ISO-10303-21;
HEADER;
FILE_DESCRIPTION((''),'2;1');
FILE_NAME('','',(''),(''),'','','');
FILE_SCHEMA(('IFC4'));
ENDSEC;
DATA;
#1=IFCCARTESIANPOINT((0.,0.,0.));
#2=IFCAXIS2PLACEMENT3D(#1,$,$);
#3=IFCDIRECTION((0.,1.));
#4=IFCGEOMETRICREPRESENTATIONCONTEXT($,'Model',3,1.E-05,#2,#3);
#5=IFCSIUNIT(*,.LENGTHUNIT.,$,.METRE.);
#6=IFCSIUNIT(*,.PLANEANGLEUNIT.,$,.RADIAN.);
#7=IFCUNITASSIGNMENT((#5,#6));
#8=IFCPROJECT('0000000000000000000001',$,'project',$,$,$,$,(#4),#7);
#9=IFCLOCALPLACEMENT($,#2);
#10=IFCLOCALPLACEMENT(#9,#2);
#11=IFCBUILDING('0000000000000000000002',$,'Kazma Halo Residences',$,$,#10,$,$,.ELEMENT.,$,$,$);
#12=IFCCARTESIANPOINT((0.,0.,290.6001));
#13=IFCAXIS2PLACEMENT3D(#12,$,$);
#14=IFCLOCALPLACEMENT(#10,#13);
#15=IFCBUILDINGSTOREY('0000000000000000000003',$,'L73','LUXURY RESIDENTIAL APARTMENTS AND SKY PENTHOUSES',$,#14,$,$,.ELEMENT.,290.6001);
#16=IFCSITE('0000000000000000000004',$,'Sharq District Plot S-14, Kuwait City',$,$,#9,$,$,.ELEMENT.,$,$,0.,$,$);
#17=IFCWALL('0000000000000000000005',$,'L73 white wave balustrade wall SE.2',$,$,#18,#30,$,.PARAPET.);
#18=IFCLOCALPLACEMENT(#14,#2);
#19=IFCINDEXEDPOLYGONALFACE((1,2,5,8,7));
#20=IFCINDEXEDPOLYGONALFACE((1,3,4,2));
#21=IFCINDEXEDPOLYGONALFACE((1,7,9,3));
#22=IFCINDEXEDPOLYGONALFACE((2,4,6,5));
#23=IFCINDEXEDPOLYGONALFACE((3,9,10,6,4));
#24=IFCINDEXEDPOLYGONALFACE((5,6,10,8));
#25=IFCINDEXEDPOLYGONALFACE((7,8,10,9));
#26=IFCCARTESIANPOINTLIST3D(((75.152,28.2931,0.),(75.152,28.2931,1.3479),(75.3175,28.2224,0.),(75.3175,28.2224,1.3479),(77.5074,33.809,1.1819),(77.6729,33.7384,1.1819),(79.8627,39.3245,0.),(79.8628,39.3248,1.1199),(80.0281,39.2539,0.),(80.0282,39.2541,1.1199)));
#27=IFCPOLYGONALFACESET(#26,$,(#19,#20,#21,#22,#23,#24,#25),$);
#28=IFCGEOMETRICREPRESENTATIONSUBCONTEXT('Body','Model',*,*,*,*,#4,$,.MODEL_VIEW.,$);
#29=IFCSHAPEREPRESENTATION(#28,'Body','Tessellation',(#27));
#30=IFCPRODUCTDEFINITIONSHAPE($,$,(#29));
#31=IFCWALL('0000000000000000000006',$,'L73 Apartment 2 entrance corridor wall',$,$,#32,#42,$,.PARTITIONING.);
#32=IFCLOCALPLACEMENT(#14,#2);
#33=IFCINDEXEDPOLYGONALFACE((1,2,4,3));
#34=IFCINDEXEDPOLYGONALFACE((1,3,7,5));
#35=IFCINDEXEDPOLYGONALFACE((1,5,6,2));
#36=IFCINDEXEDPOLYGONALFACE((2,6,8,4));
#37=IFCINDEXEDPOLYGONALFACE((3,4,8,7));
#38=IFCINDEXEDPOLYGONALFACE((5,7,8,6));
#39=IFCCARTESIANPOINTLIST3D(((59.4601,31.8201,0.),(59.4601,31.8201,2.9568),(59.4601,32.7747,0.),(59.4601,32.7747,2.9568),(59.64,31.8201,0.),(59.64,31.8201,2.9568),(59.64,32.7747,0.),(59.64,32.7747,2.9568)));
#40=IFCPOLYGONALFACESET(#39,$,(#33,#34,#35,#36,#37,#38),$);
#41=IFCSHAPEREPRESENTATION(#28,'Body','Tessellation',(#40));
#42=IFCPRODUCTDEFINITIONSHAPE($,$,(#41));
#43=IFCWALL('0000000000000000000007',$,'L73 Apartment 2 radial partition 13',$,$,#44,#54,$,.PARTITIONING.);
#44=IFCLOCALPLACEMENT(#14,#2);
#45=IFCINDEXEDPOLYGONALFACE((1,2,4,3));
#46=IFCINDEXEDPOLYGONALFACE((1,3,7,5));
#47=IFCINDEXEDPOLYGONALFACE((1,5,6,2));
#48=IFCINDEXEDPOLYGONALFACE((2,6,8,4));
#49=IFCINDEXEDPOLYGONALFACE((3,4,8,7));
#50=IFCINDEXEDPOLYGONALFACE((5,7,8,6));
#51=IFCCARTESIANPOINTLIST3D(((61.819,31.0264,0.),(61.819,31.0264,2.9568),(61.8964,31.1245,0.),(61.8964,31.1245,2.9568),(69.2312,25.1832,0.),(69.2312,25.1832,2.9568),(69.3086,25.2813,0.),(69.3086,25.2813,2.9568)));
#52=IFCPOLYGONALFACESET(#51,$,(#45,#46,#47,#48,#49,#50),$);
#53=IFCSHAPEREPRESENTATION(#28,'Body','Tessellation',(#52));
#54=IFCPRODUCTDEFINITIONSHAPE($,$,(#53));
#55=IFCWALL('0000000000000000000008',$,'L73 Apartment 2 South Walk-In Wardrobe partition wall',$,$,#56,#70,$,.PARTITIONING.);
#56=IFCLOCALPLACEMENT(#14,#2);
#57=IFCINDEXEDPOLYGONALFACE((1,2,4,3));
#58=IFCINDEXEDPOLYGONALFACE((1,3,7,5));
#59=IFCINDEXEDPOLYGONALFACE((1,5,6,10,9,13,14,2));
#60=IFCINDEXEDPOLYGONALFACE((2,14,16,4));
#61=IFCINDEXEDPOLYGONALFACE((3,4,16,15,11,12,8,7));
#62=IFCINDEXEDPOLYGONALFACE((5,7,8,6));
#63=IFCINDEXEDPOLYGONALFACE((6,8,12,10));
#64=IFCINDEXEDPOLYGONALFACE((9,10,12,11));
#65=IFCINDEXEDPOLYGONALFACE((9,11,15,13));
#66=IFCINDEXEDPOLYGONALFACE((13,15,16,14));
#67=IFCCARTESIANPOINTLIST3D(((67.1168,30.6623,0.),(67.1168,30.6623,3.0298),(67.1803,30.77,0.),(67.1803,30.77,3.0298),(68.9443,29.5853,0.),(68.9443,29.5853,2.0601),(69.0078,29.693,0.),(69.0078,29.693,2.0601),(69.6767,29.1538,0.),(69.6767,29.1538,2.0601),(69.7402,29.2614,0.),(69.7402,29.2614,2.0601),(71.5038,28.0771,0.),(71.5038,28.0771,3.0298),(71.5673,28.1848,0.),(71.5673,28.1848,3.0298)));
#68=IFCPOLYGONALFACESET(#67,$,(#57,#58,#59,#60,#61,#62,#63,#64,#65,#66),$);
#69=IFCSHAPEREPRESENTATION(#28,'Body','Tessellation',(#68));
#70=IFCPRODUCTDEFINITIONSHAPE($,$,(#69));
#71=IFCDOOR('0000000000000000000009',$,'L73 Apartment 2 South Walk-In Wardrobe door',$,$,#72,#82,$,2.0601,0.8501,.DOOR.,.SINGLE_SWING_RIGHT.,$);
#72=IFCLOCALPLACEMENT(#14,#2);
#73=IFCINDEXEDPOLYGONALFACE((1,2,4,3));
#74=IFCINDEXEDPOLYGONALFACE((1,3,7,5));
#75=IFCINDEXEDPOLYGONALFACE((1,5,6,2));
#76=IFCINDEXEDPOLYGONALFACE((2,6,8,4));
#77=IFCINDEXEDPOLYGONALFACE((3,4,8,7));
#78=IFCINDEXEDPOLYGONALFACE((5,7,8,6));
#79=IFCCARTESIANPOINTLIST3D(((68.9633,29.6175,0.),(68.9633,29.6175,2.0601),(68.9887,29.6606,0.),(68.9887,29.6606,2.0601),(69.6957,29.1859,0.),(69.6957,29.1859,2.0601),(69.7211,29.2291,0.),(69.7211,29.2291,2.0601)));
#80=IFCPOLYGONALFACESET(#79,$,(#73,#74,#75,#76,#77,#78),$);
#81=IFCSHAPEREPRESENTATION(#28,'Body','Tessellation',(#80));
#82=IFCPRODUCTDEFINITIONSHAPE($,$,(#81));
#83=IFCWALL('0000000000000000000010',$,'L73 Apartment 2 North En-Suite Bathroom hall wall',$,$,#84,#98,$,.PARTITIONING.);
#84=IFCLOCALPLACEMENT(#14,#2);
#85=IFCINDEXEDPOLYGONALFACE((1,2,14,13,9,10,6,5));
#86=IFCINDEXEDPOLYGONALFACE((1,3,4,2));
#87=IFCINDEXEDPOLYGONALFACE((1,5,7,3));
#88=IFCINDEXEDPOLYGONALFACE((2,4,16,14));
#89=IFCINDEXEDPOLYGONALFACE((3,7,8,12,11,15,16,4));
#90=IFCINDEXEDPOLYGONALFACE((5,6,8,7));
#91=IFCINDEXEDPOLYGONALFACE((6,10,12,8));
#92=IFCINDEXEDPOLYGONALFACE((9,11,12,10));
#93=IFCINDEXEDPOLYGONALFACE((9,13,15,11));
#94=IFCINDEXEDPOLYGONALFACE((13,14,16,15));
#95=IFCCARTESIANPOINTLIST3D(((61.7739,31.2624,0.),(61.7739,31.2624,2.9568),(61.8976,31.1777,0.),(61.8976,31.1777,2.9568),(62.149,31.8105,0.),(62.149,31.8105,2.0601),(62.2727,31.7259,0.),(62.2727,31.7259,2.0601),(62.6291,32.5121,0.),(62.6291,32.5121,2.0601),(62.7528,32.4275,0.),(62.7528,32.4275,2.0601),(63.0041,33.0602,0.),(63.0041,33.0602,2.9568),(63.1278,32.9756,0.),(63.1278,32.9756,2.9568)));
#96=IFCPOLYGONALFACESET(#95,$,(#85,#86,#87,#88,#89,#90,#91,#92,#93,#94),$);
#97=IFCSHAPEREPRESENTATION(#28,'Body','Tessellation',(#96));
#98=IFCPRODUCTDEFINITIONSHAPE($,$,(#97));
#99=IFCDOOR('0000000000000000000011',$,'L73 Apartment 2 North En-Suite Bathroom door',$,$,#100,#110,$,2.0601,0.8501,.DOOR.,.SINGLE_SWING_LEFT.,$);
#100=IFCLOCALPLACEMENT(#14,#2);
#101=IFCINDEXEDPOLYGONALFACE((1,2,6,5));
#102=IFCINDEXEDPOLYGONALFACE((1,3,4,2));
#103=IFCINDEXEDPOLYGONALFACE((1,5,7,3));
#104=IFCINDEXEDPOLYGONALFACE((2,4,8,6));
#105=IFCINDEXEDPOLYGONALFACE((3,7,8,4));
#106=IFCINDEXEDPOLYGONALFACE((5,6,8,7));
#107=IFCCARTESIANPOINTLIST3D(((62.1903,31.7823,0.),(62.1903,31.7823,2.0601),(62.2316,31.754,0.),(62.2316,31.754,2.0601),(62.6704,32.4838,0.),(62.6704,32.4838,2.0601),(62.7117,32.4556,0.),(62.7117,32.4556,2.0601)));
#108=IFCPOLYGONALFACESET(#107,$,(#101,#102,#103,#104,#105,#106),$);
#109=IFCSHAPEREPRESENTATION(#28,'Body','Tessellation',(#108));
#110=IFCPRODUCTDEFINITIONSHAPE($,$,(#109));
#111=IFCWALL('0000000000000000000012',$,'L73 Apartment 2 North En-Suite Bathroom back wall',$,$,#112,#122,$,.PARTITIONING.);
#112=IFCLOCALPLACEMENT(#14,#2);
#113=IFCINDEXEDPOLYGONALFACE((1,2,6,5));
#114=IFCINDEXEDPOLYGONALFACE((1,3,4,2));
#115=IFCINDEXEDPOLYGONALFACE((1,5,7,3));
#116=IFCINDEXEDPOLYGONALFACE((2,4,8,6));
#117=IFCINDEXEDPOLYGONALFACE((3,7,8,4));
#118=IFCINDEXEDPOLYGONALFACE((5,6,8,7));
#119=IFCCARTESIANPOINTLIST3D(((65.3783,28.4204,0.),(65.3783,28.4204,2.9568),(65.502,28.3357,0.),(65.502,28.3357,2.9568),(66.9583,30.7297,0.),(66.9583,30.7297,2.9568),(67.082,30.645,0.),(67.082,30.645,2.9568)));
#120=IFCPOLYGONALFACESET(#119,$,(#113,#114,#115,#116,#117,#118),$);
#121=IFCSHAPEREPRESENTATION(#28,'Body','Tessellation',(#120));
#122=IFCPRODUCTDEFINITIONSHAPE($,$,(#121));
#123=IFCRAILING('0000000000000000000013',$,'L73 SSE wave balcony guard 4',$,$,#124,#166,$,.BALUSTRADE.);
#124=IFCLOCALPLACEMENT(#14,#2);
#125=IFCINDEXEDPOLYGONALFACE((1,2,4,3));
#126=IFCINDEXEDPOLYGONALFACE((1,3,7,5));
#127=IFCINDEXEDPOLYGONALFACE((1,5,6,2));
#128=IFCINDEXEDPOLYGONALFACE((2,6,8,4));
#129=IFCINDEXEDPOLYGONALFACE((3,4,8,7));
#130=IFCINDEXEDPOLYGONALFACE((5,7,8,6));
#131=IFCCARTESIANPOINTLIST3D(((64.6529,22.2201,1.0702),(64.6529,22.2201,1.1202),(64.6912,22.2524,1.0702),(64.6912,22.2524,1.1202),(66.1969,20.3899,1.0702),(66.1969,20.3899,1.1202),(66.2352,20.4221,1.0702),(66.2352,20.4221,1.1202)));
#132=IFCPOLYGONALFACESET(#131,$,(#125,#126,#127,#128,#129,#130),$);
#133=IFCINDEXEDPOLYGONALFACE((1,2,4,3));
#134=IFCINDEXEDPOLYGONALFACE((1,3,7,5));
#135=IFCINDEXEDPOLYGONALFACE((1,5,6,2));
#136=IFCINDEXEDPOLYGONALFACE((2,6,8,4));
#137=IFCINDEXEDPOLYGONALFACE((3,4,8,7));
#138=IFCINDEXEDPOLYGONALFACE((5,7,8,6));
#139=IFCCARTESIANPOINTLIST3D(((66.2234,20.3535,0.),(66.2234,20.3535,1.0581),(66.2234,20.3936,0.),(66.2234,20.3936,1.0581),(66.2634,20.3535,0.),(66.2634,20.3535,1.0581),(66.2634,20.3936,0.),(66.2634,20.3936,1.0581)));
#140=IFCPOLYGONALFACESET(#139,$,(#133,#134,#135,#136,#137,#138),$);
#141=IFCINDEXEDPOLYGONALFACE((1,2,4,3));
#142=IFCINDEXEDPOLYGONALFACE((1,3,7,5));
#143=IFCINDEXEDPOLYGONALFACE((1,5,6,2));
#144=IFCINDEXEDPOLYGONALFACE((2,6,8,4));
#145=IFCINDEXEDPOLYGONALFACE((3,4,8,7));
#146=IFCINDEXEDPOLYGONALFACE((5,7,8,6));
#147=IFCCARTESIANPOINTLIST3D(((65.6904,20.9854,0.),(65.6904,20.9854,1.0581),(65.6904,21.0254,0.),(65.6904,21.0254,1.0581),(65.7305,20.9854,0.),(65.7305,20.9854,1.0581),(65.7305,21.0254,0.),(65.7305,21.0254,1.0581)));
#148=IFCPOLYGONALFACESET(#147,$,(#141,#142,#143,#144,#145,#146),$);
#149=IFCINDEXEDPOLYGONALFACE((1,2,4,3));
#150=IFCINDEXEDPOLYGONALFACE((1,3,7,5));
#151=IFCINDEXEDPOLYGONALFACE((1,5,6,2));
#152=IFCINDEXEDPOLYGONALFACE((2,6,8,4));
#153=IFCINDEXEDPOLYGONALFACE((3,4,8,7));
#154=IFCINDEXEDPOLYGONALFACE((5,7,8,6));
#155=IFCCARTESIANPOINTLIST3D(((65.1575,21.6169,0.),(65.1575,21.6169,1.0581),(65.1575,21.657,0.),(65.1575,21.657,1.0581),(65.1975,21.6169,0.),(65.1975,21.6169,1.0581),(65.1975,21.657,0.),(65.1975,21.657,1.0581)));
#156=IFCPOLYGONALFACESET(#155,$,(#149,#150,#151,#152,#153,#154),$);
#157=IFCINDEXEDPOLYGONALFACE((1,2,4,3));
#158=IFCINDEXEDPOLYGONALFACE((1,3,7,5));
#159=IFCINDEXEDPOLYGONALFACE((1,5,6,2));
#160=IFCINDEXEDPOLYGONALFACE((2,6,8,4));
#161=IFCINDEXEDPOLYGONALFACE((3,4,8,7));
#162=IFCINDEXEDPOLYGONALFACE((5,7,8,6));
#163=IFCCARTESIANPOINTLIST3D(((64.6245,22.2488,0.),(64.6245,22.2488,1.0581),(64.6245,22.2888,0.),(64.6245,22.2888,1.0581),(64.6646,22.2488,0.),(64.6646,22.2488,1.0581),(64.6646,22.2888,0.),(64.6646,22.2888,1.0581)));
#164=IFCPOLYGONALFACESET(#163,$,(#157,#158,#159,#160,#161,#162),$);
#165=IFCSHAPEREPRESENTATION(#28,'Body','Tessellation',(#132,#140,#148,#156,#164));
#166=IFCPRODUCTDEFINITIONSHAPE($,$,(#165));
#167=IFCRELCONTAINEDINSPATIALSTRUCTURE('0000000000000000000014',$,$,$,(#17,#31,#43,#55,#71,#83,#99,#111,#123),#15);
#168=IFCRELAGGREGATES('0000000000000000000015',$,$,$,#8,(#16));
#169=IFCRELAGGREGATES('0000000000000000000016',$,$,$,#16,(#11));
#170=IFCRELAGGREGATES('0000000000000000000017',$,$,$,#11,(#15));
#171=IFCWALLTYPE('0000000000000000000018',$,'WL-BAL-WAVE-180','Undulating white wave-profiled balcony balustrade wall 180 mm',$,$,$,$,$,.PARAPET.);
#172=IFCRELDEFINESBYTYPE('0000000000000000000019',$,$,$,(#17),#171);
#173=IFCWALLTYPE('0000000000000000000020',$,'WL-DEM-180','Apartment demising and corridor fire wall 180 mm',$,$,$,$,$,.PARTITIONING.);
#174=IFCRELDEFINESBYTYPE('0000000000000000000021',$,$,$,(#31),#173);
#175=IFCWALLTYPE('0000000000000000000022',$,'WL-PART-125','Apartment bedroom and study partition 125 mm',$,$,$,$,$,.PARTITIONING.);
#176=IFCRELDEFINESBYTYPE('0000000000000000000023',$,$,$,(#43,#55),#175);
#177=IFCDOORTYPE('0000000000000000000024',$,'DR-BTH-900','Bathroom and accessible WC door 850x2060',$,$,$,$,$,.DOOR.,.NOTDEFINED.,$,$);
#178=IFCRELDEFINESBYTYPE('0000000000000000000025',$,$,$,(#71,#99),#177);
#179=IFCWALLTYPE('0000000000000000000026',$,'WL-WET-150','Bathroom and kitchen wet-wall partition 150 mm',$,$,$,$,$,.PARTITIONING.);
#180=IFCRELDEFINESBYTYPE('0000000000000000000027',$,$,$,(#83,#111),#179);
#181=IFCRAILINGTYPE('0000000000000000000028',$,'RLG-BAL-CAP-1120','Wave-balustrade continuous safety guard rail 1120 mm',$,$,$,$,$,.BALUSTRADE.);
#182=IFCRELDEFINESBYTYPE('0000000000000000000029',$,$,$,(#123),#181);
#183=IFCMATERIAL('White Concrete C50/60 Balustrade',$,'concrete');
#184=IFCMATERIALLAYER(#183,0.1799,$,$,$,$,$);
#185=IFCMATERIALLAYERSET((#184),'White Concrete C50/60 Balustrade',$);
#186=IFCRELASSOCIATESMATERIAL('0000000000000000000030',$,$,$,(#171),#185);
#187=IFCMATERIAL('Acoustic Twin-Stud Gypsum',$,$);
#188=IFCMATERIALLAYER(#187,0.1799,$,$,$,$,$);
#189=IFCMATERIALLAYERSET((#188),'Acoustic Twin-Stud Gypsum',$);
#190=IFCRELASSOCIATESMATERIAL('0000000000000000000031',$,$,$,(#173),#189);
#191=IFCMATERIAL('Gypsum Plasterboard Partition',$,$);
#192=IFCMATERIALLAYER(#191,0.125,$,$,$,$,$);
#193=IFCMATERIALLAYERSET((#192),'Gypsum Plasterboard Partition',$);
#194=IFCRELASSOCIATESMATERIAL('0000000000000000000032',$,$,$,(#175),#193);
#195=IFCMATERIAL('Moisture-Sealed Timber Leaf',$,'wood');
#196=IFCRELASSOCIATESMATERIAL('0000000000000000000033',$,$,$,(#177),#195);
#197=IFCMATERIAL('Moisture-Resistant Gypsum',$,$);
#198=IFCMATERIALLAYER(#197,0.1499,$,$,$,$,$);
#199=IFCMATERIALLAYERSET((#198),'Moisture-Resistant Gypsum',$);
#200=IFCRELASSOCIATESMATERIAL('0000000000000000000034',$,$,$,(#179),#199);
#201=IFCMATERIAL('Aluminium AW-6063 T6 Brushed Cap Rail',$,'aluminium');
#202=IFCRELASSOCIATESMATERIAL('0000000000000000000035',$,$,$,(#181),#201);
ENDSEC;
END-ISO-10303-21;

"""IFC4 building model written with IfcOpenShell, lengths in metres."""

from ifc_helpers import new_model, si_unit, direction, frame, frame_2d, origin, origin_2d, place, context, subcontext, project, spatial, polyline, rectangle, outline, extrude, material, layer, layer_set, type_object, element, fill, save


model = new_model("IFC4")

# Units and contexts
model_context = context("Model", 3, precision=1e-05, world=origin(), true_north=direction((0.0, 1.0)))
body_context = subcontext(model_context, "Body", "Model", "MODEL_VIEW")
ifc_project = project(units=[si_unit("LENGTHUNIT", "METRE"), si_unit("PLANEANGLEUNIT", "RADIAN")], contexts=[model_context])

# Site, building, storey
site_placement = place(None, origin())
site = spatial("IfcSite", under=ifc_project, at=site_placement, Name="Sharq District Plot S-14, Kuwait City", CompositionType="ELEMENT", RefElevation=0.0)
building_placement = place(site_placement, origin())
building = spatial("IfcBuilding", under=site, at=building_placement, Name="Kazma Halo Residences", CompositionType="ELEMENT")
storey_placement = place(building_placement, frame((0.0, 0.0, 290.6001)))
storey = spatial("IfcBuildingStorey", under=building, at=storey_placement, Name="L73", Description="LUXURY RESIDENTIAL APARTMENTS AND SKY PENTHOUSES", CompositionType="ELEMENT", Elevation=290.6001)

# Walls
ifc_material_1 = material(Name="White Concrete C50/60 Balustrade", Category="concrete")
ifc_layer_1 = layer(ifc_material_1, 0.1799)
ifc_layer_set_1 = layer_set([ifc_layer_1], Name="White Concrete C50/60 Balustrade")
wall_type_1 = type_object("IfcWallType", Name="WL-BAL-WAVE-180", Description="Undulating white wave-profiled balcony balustrade wall 180 mm", PredefinedType="PARAPET", material=ifc_layer_set_1)
wall_1_placement = place(storey_placement, frame((75.2346, 28.2578, 0.0), z_axis=(0.0, 0.0, 1.0), x_axis=(0.392715, 0.91966, 0.0)))
element("IfcWall", 1, at=wall_1_placement, inside=storey, type_object=wall_type_1, Name="L73 white wave balustrade wall SE.2", PredefinedType="PARAPET", context=body_context, shape_type="SweptSolid", body=[
    extrude(outline(polyline([(0.0, 0.0), (11.9951, 0.0), (11.9954, 1.1199), (5.9978, 1.1819), (0.0, 1.3479), (0.0, 0.0)])), frame((0.0, 0.0898, 0.0), z_axis=(0.0, -1.0, 0.0), x_axis=(1.0, 0.0, 0.0)), (0.0, 0.0, 1.0), 0.1799),
])
ifc_material_2 = material(Name="Acoustic Twin-Stud Gypsum")
ifc_layer_2 = layer(ifc_material_2, 0.1799)
ifc_layer_set_2 = layer_set([ifc_layer_2], Name="Acoustic Twin-Stud Gypsum")
wall_type_2 = type_object("IfcWallType", Name="WL-DEM-180", Description="Apartment demising and corridor fire wall 180 mm", PredefinedType="PARTITIONING", material=ifc_layer_set_2)
wall_2_placement = place(storey_placement, frame((59.55, 31.8201, 0.0), z_axis=(0.0, 0.0, 1.0), x_axis=(0.0, 1.0, 0.0)))
element("IfcWall", 2, at=wall_2_placement, inside=storey, type_object=wall_type_2, Name="L73 Apartment 2 entrance corridor wall", PredefinedType="PARTITIONING", context=body_context, shape_type="SweptSolid", body=[
    extrude(rectangle(XDim=0.9546, YDim=0.1799, at=frame_2d((0.4773, 0.0))), origin(), (0.0, 0.0, 1.0), 2.9568),
])

# Wall
ifc_material_3 = material(Name="Gypsum Plasterboard Partition")
ifc_layer_3 = layer(ifc_material_3, 0.125)
ifc_layer_set_3 = layer_set([ifc_layer_3], Name="Gypsum Plasterboard Partition")
wall_type_3 = type_object("IfcWallType", Name="WL-PART-125", Description="Apartment bedroom and study partition 125 mm", PredefinedType="PARTITIONING", material=ifc_layer_set_3)
wall_3_placement = place(storey_placement, frame((61.8577, 31.0754, 0.0), z_axis=(0.0, 0.0, 1.0), x_axis=(0.785326, -0.619083, 0.0)))
element("IfcWall", 3, at=wall_3_placement, inside=storey, type_object=wall_type_3, Name="L73 Apartment 2 radial partition 13", PredefinedType="PARTITIONING", context=body_context, shape_type="SweptSolid", body=[
    extrude(rectangle(XDim=9.4385, YDim=0.125, at=frame_2d((4.7192, 0.0))), origin(), (0.0, 0.0, 1.0), 2.9568),
])

# Walls, openings, doors
wall_4_placement = place(storey_placement, frame((67.1487, 30.7161, 0.0), z_axis=(0.0, 0.0, 1.0), x_axis=(0.861536, -0.507697, 0.0)))
wall_4 = element("IfcWall", 4, at=wall_4_placement, inside=storey, type_object=wall_type_3, Name="L73 Apartment 2 South Walk-In Wardrobe partition wall", PredefinedType="PARTITIONING", context=body_context, shape_type="SweptSolid", body=[
    extrude(rectangle(XDim=5.092, YDim=0.125, at=frame_2d((2.5459, 0.0))), origin(), (0.0, 0.0, 1.0), 3.0298),
])
opening_1_placement = place(wall_4_placement, frame((2.1211, 0.0, 0.0)))
opening_1 = element("IfcOpeningElement", 5, at=opening_1_placement, cuts=wall_4, PredefinedType="OPENING", context=body_context, shape_type="SweptSolid", body=[
    extrude(rectangle(XDim=0.8501, YDim=2.0601, at=frame_2d((0.425, 1.03))), frame((0.0, 0.0725, 0.0), z_axis=(0.0, -1.0, 0.0), x_axis=(1.0, 0.0, 0.0)), (0.0, 0.0, 1.0), 0.145),
])
ifc_material_4 = material(Name="Moisture-Sealed Timber Leaf", Category="wood")
door_type_1 = type_object("IfcDoorType", Name="DR-BTH-900", Description="Bathroom and accessible WC door 850x2060", OperationType="NOTDEFINED", PredefinedType="DOOR", material=ifc_material_4)
door_1_placement = place(opening_1_placement, origin())
door_1 = element("IfcDoor", 6, at=door_1_placement, inside=storey, type_object=door_type_1, Name="L73 Apartment 2 South Walk-In Wardrobe door", OperationType="SINGLE_SWING_RIGHT", OverallHeight=2.0601, OverallWidth=0.8501, PredefinedType="DOOR", context=body_context, shape_type="SweptSolid", body=[
    extrude(rectangle(XDim=0.8501, YDim=2.0601, at=frame_2d((0.425, 1.03))), frame((0.0, 0.0249, 0.0), z_axis=(0.0, -1.0, 0.0), x_axis=(1.0, 0.0, 0.0)), (0.0, 0.0, 1.0), 0.05),
])
fill(opening_1, door_1)
ifc_material_5 = material(Name="Moisture-Resistant Gypsum")
ifc_layer_4 = layer(ifc_material_5, 0.1499)
ifc_layer_set_4 = layer_set([ifc_layer_4], Name="Moisture-Resistant Gypsum")
wall_type_4 = type_object("IfcWallType", Name="WL-WET-150", Description="Bathroom and kitchen wet-wall partition 150 mm", PredefinedType="PARTITIONING", material=ifc_layer_set_4)
wall_5_placement = place(storey_placement, frame((61.8357, 31.22, 0.0), z_axis=(0.0, 0.0, 1.0), x_axis=(0.56472, 0.825283, 0.0)))
wall_5 = element("IfcWall", 7, at=wall_5_placement, inside=storey, type_object=wall_type_4, Name="L73 Apartment 2 North En-Suite Bathroom hall wall", PredefinedType="PARTITIONING", context=body_context, shape_type="SweptSolid", body=[
    extrude(rectangle(XDim=2.1785, YDim=0.1499, at=frame_2d((1.0894, 0.0))), origin(), (0.0, 0.0, 1.0), 2.9568),
])
opening_2_placement = place(wall_5_placement, frame((0.6643, 0.0, 0.0)))
opening_2 = element("IfcOpeningElement", 8, at=opening_2_placement, cuts=wall_5, PredefinedType="OPENING", context=body_context, shape_type="SweptSolid", body=[
    extrude(rectangle(XDim=0.8501, YDim=2.0601, at=frame_2d((0.425, 1.03))), frame((0.0, 0.085, 0.0), z_axis=(0.0, -1.0, 0.0), x_axis=(1.0, 0.0, 0.0)), (0.0, 0.0, 1.0), 0.1699),
])
door_2_placement = place(opening_2_placement, origin())
door_2 = element("IfcDoor", 9, at=door_2_placement, inside=storey, type_object=door_type_1, Name="L73 Apartment 2 North En-Suite Bathroom door", OperationType="SINGLE_SWING_LEFT", OverallHeight=2.0601, OverallWidth=0.8501, PredefinedType="DOOR", context=body_context, shape_type="SweptSolid", body=[
    extrude(rectangle(XDim=0.8501, YDim=2.0601, at=frame_2d((0.425, 1.03))), frame((0.0, 0.0249, 0.0), z_axis=(0.0, -1.0, 0.0), x_axis=(1.0, 0.0, 0.0)), (0.0, 0.0, 1.0), 0.05),
])
fill(opening_2, door_2)

# Wall
wall_6_placement = place(storey_placement, frame((65.4402, 28.3782, 0.0), z_axis=(0.0, 0.0, 1.0), x_axis=(0.564687, 0.825305, 0.0)))
element("IfcWall", 10, at=wall_6_placement, inside=storey, type_object=wall_type_4, Name="L73 Apartment 2 North En-Suite Bathroom back wall", PredefinedType="PARTITIONING", context=body_context, shape_type="SweptSolid", body=[
    extrude(rectangle(XDim=2.7981, YDim=0.1499, at=frame_2d((1.3989, 0.0))), origin(), (0.0, 0.0, 1.0), 2.9568),
])

# Railing
ifc_material_6 = material(Name="Aluminium AW-6063 T6 Brushed Cap Rail", Category="aluminium")
railing_type = type_object("IfcRailingType", Name="RLG-BAL-CAP-1120", Description="Wave-balustrade continuous safety guard rail 1120 mm", PredefinedType="BALUSTRADE", material=ifc_material_6)
railing_1_placement = place(storey_placement, frame((66.2434, 20.3735, 0.0)))
element("IfcRailing", 11, at=railing_1_placement, inside=storey, type_object=railing_type, Name="L73 SSE wave balcony guard 4", PredefinedType="BALUSTRADE", context=body_context, shape_type="SweptSolid", body=[
    extrude(rectangle(XDim=0.05, YDim=0.05, at=origin_2d()), frame((-0.0273, 0.0325, 1.0952), z_axis=(-0.644812, 0.764342, 0.0), x_axis=(-0.764342, -0.644812, 0.0)), (0.0, 0.0, 1.0), 2.3945),
    extrude(rectangle(XDim=0.04, YDim=0.04, at=origin_2d()), origin(), (0.0, 0.0, 1.0), 1.0581),
    extrude(rectangle(XDim=0.04, YDim=0.04, at=origin_2d()), frame((-0.533, 0.6318, 0.0)), (0.0, 0.0, 1.0), 1.0581),
    extrude(rectangle(XDim=0.04, YDim=0.04, at=origin_2d()), frame((-1.0659, 1.2634, 0.0)), (0.0, 0.0, 1.0), 1.0581),
    extrude(rectangle(XDim=0.04, YDim=0.04, at=origin_2d()), frame((-1.5989, 1.8953, 0.0)), (0.0, 0.0, 1.0), 1.0581),
])

save(model, "model.ifc")
